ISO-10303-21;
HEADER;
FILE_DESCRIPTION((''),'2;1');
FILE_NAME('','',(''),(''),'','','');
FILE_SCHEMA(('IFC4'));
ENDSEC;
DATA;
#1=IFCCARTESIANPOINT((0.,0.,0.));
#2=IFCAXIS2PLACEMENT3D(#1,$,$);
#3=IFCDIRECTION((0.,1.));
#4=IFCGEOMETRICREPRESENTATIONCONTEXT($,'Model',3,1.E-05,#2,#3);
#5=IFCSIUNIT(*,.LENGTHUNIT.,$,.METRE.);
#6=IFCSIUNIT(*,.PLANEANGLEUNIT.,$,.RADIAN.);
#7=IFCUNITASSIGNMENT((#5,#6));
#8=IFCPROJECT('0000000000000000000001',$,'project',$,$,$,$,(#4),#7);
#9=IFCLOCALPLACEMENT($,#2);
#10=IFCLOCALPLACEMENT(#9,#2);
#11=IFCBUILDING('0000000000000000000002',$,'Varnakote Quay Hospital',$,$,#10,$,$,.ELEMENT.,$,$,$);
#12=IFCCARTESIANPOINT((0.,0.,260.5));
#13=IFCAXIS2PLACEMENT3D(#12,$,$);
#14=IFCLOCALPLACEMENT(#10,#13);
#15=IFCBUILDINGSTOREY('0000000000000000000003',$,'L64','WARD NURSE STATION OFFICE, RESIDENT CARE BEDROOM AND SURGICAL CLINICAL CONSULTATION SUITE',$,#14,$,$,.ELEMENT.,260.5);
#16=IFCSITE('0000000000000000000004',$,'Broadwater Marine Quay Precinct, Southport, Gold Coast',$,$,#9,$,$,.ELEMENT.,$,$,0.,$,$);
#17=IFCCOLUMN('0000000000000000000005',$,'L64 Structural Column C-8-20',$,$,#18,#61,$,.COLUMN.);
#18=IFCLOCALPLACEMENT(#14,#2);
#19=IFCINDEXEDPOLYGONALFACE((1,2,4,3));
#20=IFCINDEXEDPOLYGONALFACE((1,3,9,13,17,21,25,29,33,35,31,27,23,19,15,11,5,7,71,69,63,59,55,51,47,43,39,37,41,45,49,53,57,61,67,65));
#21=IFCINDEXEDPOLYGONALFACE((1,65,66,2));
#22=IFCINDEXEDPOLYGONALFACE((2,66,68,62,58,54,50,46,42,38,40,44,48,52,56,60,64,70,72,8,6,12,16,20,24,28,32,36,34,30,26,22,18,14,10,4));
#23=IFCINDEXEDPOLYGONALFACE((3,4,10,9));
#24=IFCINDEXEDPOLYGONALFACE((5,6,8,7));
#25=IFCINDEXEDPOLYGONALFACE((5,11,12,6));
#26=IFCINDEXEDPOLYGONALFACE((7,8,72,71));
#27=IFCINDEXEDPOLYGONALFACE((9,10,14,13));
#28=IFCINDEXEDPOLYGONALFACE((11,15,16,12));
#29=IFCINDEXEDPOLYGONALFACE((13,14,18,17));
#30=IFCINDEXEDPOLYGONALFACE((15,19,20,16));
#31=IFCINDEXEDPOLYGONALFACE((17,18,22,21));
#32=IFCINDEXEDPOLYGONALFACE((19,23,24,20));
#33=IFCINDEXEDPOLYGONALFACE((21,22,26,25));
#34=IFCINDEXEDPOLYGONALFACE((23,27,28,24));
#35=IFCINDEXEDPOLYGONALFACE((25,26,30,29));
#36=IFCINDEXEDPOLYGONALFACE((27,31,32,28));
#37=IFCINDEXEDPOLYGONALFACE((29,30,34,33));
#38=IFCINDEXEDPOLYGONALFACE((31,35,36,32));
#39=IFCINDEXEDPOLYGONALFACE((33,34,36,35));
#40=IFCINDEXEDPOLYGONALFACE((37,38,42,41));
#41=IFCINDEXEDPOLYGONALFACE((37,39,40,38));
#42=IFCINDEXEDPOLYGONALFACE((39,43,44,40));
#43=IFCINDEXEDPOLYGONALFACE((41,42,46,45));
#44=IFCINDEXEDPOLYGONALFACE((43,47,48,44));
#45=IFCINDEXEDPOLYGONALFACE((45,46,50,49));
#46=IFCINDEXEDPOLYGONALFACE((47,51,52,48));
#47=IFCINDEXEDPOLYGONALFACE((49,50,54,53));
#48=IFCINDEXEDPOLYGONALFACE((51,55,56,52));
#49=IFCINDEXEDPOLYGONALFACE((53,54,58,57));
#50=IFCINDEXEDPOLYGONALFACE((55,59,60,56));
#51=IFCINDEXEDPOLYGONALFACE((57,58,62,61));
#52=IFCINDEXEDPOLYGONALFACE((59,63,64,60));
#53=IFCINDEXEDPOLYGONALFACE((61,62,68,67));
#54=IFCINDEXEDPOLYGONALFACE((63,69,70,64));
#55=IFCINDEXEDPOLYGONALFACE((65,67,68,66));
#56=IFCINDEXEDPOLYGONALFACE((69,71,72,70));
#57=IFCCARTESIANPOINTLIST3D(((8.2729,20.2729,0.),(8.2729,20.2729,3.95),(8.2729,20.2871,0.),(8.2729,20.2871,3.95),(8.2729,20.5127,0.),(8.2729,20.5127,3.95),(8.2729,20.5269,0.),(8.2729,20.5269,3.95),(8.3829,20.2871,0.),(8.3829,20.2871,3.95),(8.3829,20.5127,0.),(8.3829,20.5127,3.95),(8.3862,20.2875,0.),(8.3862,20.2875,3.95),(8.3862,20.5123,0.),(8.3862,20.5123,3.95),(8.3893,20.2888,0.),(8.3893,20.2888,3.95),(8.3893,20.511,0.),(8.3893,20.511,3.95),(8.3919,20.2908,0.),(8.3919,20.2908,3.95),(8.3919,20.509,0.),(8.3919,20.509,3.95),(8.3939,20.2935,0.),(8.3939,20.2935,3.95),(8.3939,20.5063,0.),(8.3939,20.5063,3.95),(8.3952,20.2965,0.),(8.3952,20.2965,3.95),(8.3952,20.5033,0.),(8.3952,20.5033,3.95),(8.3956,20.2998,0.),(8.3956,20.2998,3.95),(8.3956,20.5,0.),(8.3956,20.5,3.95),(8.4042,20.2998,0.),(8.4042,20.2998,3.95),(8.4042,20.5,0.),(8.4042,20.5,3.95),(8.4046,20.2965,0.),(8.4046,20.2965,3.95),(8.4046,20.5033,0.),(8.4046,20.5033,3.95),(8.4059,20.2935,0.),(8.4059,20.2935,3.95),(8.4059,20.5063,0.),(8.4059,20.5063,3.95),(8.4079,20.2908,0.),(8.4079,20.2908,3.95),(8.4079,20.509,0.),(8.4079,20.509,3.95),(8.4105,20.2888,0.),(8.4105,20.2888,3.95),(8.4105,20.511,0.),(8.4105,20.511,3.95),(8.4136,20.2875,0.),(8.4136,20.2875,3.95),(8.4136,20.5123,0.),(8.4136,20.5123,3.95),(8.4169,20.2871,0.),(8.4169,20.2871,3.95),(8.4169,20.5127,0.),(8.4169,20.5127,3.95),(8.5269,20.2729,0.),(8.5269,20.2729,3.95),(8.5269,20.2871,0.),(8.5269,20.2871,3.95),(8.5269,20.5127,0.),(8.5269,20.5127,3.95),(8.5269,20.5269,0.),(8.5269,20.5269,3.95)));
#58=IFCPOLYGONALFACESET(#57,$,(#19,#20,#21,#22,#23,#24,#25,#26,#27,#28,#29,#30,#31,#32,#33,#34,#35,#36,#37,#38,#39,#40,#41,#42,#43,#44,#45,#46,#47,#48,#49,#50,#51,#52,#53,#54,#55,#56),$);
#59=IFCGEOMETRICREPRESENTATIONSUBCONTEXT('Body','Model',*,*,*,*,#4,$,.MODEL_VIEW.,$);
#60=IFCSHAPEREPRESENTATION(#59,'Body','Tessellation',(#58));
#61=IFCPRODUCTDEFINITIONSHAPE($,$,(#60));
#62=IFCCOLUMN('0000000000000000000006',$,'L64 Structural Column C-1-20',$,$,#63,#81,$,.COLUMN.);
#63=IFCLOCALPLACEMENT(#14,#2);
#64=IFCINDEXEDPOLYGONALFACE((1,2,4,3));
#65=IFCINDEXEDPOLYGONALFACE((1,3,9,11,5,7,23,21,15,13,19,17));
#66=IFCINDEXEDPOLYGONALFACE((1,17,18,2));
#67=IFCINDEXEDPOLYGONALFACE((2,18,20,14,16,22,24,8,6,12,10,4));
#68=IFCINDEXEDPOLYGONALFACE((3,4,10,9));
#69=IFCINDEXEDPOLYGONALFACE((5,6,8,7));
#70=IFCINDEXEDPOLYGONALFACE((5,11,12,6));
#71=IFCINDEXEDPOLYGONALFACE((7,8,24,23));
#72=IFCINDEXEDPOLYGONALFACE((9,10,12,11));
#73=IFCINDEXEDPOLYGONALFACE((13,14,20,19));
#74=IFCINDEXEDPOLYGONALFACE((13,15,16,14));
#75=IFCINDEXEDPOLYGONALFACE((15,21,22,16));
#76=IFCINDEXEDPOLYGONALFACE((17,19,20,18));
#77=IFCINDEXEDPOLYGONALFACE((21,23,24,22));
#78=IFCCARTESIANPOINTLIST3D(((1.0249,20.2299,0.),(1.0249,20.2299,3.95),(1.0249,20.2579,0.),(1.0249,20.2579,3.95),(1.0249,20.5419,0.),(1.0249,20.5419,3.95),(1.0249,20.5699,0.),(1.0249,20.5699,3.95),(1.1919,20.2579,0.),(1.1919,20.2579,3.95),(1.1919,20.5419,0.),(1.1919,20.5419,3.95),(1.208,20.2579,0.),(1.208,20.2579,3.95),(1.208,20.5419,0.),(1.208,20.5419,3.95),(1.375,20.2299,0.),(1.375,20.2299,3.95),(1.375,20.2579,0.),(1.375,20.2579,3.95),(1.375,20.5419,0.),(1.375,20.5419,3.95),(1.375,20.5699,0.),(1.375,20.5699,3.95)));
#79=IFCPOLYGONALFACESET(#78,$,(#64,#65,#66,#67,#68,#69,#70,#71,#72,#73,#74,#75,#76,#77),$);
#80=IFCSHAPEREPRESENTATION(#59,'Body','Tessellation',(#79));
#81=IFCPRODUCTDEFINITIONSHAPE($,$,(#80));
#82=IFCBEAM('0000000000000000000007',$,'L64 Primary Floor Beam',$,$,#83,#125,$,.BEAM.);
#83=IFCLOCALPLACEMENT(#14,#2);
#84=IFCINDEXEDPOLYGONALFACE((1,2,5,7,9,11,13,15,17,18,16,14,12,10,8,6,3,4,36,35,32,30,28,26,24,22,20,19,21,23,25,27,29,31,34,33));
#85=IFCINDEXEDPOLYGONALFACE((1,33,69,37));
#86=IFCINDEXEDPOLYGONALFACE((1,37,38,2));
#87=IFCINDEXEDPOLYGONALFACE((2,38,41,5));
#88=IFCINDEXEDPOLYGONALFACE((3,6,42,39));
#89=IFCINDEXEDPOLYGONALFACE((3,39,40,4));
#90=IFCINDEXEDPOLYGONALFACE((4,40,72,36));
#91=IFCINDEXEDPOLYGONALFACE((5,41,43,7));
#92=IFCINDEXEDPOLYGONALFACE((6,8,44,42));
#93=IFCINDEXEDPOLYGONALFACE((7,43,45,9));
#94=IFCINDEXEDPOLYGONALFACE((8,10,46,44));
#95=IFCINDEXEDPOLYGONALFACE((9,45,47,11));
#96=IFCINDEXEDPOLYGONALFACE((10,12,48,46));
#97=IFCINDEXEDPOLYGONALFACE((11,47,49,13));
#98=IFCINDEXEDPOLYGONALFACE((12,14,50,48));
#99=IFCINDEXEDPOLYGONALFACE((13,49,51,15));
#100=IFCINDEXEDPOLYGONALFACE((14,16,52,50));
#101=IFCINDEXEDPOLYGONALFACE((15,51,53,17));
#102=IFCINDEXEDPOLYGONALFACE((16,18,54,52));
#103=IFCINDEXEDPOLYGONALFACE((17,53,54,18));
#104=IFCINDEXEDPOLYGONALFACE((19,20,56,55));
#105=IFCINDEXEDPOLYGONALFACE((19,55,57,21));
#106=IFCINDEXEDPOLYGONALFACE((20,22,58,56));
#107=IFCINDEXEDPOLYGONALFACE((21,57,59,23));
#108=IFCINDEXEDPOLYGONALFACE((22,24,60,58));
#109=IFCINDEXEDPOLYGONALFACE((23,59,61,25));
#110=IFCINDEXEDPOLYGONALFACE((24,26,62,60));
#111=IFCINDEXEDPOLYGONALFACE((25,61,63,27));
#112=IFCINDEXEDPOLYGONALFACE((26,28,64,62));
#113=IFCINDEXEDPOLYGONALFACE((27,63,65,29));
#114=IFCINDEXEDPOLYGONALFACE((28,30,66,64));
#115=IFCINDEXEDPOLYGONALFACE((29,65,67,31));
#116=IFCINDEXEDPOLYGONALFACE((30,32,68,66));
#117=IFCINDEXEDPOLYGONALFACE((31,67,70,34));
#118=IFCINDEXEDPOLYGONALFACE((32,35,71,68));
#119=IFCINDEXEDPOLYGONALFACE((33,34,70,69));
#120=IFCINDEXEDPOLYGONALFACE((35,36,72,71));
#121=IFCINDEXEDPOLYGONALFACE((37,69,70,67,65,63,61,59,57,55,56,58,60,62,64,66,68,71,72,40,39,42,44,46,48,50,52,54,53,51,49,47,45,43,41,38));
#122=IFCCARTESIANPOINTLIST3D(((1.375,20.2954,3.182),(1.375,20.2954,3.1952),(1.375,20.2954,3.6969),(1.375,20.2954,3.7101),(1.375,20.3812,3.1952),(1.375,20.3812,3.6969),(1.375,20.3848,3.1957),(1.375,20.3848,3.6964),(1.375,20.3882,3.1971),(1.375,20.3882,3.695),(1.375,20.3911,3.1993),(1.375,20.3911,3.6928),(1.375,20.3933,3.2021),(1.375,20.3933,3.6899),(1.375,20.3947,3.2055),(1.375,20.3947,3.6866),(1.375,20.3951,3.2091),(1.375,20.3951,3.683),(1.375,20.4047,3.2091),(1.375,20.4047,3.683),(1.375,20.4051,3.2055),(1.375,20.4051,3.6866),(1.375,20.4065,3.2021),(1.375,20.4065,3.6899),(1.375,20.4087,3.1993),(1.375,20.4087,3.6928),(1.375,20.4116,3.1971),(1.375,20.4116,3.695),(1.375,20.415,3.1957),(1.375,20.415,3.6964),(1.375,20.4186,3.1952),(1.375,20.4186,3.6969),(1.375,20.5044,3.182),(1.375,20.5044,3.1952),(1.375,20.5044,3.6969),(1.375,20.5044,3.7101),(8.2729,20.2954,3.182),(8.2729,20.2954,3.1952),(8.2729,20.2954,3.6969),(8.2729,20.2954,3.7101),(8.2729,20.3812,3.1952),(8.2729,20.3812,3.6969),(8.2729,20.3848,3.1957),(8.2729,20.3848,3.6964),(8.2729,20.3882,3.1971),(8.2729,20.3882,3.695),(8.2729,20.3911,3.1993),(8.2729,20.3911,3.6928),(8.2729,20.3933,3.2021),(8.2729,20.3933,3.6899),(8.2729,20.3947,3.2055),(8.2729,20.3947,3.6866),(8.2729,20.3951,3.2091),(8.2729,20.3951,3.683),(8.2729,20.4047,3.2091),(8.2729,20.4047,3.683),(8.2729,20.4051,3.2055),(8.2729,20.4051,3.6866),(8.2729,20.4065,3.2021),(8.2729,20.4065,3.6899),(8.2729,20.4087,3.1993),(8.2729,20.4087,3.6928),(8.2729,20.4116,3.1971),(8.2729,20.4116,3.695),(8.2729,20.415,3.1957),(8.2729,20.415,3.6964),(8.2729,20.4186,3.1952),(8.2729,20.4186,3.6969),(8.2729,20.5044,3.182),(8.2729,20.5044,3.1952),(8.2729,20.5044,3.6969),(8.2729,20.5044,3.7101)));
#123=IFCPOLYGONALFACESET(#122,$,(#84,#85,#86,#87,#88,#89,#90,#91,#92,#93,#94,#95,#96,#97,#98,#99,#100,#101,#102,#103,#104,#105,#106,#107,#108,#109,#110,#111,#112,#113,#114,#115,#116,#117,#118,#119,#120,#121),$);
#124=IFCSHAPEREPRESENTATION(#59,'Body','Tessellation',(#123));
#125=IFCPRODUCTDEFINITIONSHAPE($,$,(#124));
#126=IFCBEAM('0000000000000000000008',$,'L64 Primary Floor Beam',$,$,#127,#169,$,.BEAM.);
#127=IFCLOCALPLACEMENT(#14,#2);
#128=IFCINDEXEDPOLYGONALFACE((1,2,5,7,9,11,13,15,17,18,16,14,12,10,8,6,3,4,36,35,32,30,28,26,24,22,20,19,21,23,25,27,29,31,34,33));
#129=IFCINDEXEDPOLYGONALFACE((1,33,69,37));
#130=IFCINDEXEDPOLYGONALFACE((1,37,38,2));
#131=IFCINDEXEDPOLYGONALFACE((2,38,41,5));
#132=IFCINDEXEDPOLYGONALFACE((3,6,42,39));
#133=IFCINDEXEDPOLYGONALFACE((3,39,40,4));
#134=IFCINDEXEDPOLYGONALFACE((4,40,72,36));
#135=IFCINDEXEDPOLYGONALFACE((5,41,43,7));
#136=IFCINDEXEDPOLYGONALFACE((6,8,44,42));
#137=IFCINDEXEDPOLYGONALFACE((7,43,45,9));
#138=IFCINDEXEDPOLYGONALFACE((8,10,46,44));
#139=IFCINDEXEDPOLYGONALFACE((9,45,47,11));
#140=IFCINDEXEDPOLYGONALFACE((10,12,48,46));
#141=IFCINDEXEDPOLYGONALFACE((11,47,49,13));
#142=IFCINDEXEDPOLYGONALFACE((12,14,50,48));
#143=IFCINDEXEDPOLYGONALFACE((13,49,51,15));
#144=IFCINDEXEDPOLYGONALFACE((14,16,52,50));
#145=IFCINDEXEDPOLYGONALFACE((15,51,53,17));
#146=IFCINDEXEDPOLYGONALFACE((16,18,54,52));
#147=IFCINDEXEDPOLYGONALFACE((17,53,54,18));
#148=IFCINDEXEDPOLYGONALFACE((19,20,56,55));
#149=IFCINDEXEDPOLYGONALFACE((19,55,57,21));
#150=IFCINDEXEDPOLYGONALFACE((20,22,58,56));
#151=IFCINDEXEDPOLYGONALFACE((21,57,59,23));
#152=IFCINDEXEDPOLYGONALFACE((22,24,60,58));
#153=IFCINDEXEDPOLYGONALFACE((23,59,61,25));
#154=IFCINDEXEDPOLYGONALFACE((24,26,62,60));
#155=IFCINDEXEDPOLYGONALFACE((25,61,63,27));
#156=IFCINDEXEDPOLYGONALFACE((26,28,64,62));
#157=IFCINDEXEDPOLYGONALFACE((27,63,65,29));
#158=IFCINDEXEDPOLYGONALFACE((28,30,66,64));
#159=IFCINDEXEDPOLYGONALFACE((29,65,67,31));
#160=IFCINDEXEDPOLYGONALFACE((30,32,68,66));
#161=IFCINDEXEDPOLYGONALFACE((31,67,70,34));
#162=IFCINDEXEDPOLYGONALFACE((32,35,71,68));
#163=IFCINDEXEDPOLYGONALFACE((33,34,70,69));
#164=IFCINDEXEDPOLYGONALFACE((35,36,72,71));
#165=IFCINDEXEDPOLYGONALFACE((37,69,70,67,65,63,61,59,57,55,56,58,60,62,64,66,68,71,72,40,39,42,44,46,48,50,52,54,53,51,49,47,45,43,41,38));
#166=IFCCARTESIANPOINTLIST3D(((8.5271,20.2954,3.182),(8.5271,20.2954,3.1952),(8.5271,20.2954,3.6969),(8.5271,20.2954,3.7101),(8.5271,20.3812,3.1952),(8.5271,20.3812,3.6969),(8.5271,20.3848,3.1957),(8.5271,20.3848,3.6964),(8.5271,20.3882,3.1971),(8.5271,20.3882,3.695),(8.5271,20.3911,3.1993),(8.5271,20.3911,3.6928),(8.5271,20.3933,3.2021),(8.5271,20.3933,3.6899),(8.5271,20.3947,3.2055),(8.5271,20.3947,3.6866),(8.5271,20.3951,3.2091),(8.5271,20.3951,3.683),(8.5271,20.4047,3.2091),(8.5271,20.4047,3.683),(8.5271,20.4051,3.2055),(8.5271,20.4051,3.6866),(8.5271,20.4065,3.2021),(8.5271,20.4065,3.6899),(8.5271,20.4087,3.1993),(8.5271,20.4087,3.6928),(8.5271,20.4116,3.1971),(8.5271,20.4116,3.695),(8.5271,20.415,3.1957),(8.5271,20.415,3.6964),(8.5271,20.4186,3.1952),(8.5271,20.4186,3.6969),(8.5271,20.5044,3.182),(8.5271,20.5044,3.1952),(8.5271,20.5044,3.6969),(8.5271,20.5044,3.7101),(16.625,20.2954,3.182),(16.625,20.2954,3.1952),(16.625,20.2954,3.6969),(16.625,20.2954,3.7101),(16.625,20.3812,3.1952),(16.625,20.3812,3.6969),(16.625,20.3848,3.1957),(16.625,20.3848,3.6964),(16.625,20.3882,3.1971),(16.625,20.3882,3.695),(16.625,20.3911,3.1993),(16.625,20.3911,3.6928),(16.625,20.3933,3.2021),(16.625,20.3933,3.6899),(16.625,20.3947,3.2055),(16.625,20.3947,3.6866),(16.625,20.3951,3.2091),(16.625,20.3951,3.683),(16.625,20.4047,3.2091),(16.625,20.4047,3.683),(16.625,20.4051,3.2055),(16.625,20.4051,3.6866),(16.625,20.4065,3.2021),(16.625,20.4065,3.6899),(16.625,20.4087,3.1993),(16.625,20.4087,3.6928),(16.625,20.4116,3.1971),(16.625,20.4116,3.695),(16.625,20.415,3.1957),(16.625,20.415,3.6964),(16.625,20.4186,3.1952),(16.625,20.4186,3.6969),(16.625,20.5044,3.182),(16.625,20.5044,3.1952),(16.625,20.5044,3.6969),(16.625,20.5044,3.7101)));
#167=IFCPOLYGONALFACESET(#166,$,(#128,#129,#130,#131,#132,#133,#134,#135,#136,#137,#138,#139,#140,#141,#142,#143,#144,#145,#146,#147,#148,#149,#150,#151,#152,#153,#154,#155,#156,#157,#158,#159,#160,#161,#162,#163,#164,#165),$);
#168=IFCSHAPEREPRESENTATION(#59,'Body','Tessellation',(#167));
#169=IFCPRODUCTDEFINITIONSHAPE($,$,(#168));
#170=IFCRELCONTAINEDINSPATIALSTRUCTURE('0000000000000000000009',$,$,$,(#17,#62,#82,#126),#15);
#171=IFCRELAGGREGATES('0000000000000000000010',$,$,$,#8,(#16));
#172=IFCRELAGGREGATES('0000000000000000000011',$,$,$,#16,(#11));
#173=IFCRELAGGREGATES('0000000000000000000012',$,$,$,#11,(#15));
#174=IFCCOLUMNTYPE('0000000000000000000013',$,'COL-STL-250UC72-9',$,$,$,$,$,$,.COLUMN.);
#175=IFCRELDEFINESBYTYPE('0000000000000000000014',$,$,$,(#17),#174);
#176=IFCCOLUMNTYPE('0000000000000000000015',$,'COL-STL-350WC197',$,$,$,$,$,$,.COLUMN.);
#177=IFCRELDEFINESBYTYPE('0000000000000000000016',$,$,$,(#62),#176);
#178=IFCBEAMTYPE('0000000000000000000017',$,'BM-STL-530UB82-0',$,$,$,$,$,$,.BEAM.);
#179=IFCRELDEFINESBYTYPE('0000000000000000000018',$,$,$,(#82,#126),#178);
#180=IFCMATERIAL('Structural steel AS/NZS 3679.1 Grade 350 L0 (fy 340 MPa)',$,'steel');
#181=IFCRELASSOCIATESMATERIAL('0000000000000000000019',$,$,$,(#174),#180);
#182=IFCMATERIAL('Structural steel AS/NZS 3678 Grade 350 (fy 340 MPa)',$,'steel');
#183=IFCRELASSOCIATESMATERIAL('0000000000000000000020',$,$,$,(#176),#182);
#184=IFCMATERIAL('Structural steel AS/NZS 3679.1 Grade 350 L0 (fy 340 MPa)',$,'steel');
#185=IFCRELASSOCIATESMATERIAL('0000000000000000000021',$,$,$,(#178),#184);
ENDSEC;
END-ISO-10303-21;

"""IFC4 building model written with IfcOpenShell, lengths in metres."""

from ifc_helpers import new_model, si_unit, direction, frame, origin, origin_2d, place, context, subcontext, project, spatial, i_section, extrude, material, material_profile, profile_set, type_object, element, save


model = new_model("IFC4")

# Units and contexts
model_context = context("Model", 3, precision=1e-05, world=origin(), true_north=direction((0.0, 1.0)))
body_context = subcontext(model_context, "Body", "Model", "MODEL_VIEW")
ifc_project = project(units=[si_unit("LENGTHUNIT", "METRE"), si_unit("PLANEANGLEUNIT", "RADIAN")], contexts=[model_context])

# Site, building, storey
site_placement = place(None, origin())
site = spatial("IfcSite", under=ifc_project, at=site_placement, Name="Broadwater Marine Quay Precinct, Southport, Gold Coast", CompositionType="ELEMENT", RefElevation=0.0)
building_placement = place(site_placement, origin())
building = spatial("IfcBuilding", under=site, at=building_placement, Name="Varnakote Quay Hospital", CompositionType="ELEMENT")
storey_placement = place(building_placement, frame((0.0, 0.0, 260.5)))
storey = spatial("IfcBuildingStorey", under=building, at=storey_placement, Name="L64", Description="WARD NURSE STATION OFFICE, RESIDENT CARE BEDROOM AND SURGICAL CLINICAL CONSULTATION SUITE", CompositionType="ELEMENT", Elevation=260.5)

# Columns
ifc_material_1 = material(Name="Structural steel AS/NZS 3679.1 Grade 350 L0 (fy 340 MPa)", Category="steel")
ifc_material_profile_1 = material_profile(ifc_material_1, i_section(OverallWidth=0.2539, OverallDepth=0.2539, WebThickness=0.0085, FlangeThickness=0.0142, FilletRadius=0.0127, at=origin_2d()), Name="250UC72.9")
ifc_profile_set_1 = profile_set([ifc_material_profile_1], Name="Structural steel AS/NZS 3679.1 Grade 350 L0 (fy 340 MPa)")
column_type_1 = type_object("IfcColumnType", Name="COL-STL-250UC72-9", PredefinedType="COLUMN", material=ifc_profile_set_1)
column_1_placement = place(storey_placement, frame((8.3999, 20.3999, 0.0), z_axis=(0.0, 0.0, 1.0), x_axis=(1.0, 0.0, 0.0)))
element("IfcColumn", 1, at=column_1_placement, inside=storey, type_object=column_type_1, Name="L64 Structural Column C-8-20", PredefinedType="COLUMN", context=body_context, shape_type="SweptSolid", body=[
    extrude(i_section(OverallWidth=0.2539, OverallDepth=0.2539, WebThickness=0.0085, FlangeThickness=0.0142, FilletRadius=0.0127, at=origin_2d()), origin(), (0.0, 0.0, 1.0), 3.95),
])
ifc_material_2 = material(Name="Structural steel AS/NZS 3678 Grade 350 (fy 340 MPa)", Category="steel")
ifc_material_profile_2 = material_profile(ifc_material_2, i_section(OverallWidth=0.3501, OverallDepth=0.3401, WebThickness=0.0161, FlangeThickness=0.0281, at=origin_2d()), Name="350WC197")
ifc_profile_set_2 = profile_set([ifc_material_profile_2], Name="Structural steel AS/NZS 3678 Grade 350 (fy 340 MPa)")
column_type_2 = type_object("IfcColumnType", Name="COL-STL-350WC197", PredefinedType="COLUMN", material=ifc_profile_set_2)
column_2_placement = place(storey_placement, frame((1.2, 20.3999, 0.0), z_axis=(0.0, 0.0, 1.0), x_axis=(1.0, 0.0, 0.0)))
element("IfcColumn", 2, at=column_2_placement, inside=storey, type_object=column_type_2, Name="L64 Structural Column C-1-20", PredefinedType="COLUMN", context=body_context, shape_type="SweptSolid", body=[
    extrude(i_section(OverallWidth=0.3501, OverallDepth=0.3401, WebThickness=0.0161, FlangeThickness=0.0281, at=origin_2d()), origin(), (0.0, 0.0, 1.0), 3.95),
])

# Beams
ifc_material_3 = material(Name="Structural steel AS/NZS 3679.1 Grade 350 L0 (fy 340 MPa)", Category="steel")
ifc_material_profile_3 = material_profile(ifc_material_3, i_section(OverallWidth=0.209, OverallDepth=0.5281, WebThickness=0.0095, FlangeThickness=0.0132, FilletRadius=0.0139, at=origin_2d()), Name="530UB82.0")
ifc_profile_set_3 = profile_set([ifc_material_profile_3], Name="Structural steel AS/NZS 3679.1 Grade 350 L0 (fy 340 MPa)")
beam_type_1 = type_object("IfcBeamType", Name="BM-STL-530UB82-0", PredefinedType="BEAM", material=ifc_profile_set_3)
beam_1_placement = place(storey_placement, frame((1.375, 20.3999, 3.446), z_axis=(1.0, 0.0, 0.0), x_axis=(0.0, 1.0, 0.0)))
element("IfcBeam", 3, at=beam_1_placement, inside=storey, type_object=beam_type_1, Name="L64 Primary Floor Beam", PredefinedType="BEAM", context=body_context, shape_type="SweptSolid", body=[
    extrude(i_section(OverallWidth=0.209, OverallDepth=0.5281, WebThickness=0.0095, FlangeThickness=0.0132, FilletRadius=0.0139, at=origin_2d()), origin(), (0.0, 0.0, 1.0), 6.8979),
])
beam_2_placement = place(storey_placement, frame((8.5271, 20.3999, 3.446), z_axis=(1.0, 0.0, 0.0), x_axis=(0.0, 1.0, 0.0)))
element("IfcBeam", 4, at=beam_2_placement, inside=storey, type_object=beam_type_1, Name="L64 Primary Floor Beam", PredefinedType="BEAM", context=body_context, shape_type="SweptSolid", body=[
    extrude(i_section(OverallWidth=0.209, OverallDepth=0.5281, WebThickness=0.0095, FlangeThickness=0.0132, FilletRadius=0.0139, at=origin_2d()), origin(), (0.0, 0.0, 1.0), 8.0979),
])

save(model, "model.ifc")
